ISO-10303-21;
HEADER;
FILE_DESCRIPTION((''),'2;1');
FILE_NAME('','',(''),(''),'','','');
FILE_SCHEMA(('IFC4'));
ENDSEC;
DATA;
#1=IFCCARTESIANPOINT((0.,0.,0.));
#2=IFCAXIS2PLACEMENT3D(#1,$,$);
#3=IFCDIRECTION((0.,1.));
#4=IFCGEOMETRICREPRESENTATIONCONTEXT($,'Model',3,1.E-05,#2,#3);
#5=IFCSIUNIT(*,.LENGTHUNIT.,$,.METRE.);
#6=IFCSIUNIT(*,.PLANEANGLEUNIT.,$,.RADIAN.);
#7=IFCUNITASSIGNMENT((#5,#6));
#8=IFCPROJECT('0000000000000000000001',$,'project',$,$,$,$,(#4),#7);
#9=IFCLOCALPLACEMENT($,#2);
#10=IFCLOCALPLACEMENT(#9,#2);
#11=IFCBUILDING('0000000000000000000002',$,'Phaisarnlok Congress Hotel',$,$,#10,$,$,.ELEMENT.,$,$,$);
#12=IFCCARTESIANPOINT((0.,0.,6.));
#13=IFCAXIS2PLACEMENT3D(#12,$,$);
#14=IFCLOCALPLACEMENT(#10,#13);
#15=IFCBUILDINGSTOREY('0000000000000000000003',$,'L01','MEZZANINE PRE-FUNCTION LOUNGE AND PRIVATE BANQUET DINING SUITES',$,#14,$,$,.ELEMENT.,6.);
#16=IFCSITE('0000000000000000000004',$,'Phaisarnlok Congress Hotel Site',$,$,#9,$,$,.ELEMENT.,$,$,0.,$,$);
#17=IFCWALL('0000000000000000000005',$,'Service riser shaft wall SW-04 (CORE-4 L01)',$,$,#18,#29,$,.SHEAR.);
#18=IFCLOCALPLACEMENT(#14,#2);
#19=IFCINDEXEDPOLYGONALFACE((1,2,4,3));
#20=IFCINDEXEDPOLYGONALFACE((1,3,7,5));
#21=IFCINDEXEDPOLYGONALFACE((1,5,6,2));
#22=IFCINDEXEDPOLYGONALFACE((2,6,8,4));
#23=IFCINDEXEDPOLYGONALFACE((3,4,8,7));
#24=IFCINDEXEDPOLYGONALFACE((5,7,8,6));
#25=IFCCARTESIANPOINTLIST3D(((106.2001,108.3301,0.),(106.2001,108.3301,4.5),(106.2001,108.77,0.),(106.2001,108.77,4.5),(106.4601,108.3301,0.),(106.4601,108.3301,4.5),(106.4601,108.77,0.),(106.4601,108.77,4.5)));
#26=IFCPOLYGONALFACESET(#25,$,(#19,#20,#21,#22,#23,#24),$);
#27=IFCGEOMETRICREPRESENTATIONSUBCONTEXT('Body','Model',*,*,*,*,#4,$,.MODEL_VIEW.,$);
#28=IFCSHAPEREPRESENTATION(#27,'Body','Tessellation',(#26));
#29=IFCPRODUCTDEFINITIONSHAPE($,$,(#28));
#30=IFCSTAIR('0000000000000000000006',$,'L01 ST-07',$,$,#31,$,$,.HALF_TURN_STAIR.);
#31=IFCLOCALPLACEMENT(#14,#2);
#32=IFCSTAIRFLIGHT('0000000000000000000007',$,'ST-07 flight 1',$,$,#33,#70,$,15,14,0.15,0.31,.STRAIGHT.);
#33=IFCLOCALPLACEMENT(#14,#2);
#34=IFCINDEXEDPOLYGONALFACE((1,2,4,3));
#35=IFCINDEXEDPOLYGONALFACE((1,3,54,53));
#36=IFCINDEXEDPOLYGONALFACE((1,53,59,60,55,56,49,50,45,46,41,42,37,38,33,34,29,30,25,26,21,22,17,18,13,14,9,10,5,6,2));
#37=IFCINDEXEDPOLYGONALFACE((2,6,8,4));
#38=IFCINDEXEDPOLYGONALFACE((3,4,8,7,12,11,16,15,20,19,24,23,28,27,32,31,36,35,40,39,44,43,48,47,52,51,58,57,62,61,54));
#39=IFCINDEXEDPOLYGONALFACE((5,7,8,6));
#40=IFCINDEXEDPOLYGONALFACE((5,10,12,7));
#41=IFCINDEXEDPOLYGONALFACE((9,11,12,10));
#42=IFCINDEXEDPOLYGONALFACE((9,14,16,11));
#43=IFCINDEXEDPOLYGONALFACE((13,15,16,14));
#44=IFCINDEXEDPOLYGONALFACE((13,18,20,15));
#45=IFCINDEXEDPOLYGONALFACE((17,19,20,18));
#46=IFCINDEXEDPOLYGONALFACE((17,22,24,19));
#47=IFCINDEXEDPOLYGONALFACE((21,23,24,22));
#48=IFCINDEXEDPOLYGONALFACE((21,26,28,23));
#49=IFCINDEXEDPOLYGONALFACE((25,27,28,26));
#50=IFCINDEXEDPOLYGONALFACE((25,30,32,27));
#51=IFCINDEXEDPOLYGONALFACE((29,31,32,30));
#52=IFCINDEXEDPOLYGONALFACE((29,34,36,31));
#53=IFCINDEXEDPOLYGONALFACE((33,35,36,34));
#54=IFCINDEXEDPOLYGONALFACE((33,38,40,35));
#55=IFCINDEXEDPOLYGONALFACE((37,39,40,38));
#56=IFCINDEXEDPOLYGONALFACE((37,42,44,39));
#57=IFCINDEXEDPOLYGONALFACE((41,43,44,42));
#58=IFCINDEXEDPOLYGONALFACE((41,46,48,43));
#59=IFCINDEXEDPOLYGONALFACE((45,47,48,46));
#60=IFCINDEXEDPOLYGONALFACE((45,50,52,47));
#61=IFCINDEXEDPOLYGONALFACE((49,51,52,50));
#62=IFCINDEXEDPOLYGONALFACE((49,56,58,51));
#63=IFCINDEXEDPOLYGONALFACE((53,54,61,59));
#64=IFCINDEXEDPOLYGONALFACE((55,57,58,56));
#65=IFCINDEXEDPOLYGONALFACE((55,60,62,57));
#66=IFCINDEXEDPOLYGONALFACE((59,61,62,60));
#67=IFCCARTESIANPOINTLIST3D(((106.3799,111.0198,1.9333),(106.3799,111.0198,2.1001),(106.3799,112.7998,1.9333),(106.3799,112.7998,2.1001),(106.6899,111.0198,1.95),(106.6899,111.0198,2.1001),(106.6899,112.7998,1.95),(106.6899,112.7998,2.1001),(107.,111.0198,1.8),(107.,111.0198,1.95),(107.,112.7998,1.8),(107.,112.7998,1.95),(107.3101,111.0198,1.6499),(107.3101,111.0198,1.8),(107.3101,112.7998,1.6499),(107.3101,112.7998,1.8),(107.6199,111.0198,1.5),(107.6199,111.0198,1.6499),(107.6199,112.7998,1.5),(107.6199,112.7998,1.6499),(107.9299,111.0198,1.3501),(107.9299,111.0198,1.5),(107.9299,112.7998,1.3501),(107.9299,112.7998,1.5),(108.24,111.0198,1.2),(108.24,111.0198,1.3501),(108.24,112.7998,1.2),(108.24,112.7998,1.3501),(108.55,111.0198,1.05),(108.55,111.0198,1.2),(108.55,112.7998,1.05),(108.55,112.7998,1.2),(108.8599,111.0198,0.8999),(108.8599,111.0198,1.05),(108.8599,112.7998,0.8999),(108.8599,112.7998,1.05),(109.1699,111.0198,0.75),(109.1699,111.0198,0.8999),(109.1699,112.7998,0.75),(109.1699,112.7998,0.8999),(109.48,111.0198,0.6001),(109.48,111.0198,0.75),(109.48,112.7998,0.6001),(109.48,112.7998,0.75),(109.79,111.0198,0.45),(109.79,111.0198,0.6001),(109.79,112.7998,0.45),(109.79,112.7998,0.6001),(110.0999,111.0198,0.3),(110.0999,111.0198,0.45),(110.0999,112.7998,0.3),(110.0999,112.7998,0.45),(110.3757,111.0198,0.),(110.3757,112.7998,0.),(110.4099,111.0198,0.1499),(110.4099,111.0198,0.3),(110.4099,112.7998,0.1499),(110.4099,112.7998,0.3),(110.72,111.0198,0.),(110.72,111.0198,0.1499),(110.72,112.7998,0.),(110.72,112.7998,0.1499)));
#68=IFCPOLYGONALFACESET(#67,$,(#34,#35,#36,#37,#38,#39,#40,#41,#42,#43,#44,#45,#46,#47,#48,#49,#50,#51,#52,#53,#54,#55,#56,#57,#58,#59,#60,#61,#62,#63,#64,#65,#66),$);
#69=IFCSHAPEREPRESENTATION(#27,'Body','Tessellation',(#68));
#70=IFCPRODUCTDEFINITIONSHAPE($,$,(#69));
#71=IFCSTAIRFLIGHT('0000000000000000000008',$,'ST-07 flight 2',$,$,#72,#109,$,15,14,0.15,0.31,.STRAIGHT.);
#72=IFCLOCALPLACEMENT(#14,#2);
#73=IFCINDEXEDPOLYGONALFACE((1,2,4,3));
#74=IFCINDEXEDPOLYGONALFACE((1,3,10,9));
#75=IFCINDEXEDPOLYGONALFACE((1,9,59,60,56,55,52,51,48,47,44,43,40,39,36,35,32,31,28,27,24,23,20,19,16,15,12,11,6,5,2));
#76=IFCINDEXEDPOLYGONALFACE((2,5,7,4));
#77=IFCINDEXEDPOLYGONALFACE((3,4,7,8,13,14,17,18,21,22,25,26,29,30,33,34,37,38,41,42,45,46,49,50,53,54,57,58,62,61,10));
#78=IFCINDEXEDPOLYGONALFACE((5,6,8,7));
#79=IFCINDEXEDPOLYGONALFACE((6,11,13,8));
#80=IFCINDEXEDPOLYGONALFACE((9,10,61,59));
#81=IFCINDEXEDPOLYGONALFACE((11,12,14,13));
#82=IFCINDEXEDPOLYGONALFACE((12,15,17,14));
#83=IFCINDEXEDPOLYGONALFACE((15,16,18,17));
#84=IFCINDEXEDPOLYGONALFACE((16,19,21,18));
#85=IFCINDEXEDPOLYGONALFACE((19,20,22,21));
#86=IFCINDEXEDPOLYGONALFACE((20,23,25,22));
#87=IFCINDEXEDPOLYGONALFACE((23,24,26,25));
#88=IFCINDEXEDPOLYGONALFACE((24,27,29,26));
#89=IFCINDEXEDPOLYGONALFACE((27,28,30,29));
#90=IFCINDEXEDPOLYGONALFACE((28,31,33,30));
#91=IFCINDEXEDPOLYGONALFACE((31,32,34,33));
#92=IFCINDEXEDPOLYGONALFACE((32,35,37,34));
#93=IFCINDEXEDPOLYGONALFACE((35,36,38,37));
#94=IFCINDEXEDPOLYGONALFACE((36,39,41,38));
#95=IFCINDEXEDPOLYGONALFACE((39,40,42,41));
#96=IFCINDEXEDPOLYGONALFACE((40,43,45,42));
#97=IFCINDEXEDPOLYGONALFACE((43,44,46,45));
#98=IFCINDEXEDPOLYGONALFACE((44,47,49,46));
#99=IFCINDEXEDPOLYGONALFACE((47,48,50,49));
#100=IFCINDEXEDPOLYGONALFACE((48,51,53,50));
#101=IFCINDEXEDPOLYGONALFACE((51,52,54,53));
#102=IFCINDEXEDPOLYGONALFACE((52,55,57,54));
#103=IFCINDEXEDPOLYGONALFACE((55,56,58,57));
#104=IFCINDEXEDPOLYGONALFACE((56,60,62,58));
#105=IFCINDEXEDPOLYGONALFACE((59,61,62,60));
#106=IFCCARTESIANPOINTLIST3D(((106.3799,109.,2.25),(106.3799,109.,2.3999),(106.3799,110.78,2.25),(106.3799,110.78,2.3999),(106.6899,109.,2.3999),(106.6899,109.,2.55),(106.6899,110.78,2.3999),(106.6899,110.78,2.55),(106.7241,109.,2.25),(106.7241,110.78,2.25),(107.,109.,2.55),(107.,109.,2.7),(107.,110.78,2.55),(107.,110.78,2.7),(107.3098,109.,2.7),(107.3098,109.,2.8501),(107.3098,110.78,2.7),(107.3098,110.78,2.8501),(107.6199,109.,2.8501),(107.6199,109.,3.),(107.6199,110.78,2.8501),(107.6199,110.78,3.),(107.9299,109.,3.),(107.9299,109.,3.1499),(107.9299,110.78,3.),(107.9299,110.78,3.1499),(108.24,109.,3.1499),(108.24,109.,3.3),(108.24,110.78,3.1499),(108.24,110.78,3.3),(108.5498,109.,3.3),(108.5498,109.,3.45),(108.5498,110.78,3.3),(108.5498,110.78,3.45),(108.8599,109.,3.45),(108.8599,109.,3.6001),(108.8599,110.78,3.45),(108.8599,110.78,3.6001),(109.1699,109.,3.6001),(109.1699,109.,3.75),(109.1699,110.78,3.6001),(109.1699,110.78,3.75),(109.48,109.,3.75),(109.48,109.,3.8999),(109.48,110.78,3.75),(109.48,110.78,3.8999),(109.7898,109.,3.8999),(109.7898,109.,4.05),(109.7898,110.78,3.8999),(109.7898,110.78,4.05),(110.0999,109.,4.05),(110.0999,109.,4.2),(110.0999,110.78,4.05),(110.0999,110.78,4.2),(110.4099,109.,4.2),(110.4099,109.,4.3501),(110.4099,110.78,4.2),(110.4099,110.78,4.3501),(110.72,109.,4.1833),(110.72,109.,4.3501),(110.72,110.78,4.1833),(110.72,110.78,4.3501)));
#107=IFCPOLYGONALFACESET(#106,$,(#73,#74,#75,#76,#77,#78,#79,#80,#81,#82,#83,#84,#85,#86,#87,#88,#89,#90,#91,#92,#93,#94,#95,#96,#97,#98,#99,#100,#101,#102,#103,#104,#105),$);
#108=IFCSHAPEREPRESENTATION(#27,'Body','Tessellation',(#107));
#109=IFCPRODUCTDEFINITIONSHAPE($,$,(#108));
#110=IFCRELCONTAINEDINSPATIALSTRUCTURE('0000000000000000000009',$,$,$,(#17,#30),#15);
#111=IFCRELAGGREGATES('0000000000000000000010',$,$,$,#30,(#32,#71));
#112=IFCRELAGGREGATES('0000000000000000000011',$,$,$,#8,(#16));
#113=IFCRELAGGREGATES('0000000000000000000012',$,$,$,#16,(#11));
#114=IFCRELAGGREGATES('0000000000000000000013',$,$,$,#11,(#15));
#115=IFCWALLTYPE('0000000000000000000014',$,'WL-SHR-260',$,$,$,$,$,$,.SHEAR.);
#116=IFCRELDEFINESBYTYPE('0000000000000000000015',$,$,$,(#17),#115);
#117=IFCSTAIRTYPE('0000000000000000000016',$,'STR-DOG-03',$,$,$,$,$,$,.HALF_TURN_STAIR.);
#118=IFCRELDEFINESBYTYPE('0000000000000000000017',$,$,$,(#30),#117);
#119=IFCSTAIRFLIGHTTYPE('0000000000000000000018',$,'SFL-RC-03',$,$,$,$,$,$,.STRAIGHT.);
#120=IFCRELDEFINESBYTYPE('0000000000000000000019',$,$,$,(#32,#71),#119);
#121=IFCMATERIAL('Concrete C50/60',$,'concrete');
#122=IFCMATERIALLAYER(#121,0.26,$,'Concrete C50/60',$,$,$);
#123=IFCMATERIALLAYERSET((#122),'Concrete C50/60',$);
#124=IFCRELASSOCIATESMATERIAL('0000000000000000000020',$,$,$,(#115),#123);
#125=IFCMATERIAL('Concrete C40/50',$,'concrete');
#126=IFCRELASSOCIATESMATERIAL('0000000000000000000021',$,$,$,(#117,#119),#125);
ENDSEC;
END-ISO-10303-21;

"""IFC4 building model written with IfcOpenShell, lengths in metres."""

from ifc_helpers import new_model, si_unit, direction, frame, frame_2d, origin, place, context, subcontext, project, spatial, polyline, rectangle, outline, extrude, material, layer, layer_set, type_object, element, aggregate, save


model = new_model("IFC4")

# Units and contexts
model_context = context("Model", 3, precision=1e-05, world=origin(), true_north=direction((0.0, 1.0)))
body_context = subcontext(model_context, "Body", "Model", "MODEL_VIEW")
ifc_project = project(units=[si_unit("LENGTHUNIT", "METRE"), si_unit("PLANEANGLEUNIT", "RADIAN")], contexts=[model_context])

# Site, building, storey
site_placement = place(None, origin())
site = spatial("IfcSite", under=ifc_project, at=site_placement, Name="Phaisarnlok Congress Hotel Site", CompositionType="ELEMENT", RefElevation=0.0)
building_placement = place(site_placement, origin())
building = spatial("IfcBuilding", under=site, at=building_placement, Name="Phaisarnlok Congress Hotel", CompositionType="ELEMENT")
storey_placement = place(building_placement, frame((0.0, 0.0, 6.0)))
storey = spatial("IfcBuildingStorey", under=building, at=storey_placement, Name="L01", Description="MEZZANINE PRE-FUNCTION LOUNGE AND PRIVATE BANQUET DINING SUITES", CompositionType="ELEMENT", Elevation=6.0)

# Shared definitions
ifc_material_1 = material(Name="Concrete C50/60", Category="concrete")

# Shared definitions
ifc_material_2 = material(Name="Concrete C40/50", Category="concrete")

# Wall
ifc_layer_1 = layer(ifc_material_1, 0.26, Name="Concrete C50/60")
ifc_layer_set_1 = layer_set([ifc_layer_1], Name="Concrete C50/60")
wall_type_1 = type_object("IfcWallType", Name="WL-SHR-260", PredefinedType="SHEAR", material=ifc_layer_set_1)
for number, where, z_axis, x_axis, name in (
    (1, (106.3301, 108.3301, 0.0), (0.0, 0.0, 1.0), (0.0, 1.0, 0.0), "Service riser shaft wall SW-04 (CORE-4 L01)"),
):
    element("IfcWall", number, at=place(storey_placement, frame(where, z_axis=z_axis, x_axis=x_axis)), inside=storey, type_object=wall_type_1, Name=name, PredefinedType="SHEAR", context=body_context, shape_type="SweptSolid", body=[
        extrude(rectangle(XDim=0.4399, YDim=0.26, at=frame_2d((0.22, 0.0))), origin(), (0.0, 0.0, 1.0), 4.5),
    ])

# Stair, stair flights
stair_type = type_object("IfcStairType", Name="STR-DOG-03", PredefinedType="HALF_TURN_STAIR", material=ifc_material_2)
stair_placement = place(storey_placement, origin())
stair = element("IfcStair", 2, at=stair_placement, inside=storey, type_object=stair_type, Name="L01 ST-07", PredefinedType="HALF_TURN_STAIR")
stair_flight_type = type_object("IfcStairFlightType", Name="SFL-RC-03", PredefinedType="STRAIGHT", material=ifc_material_2)
stair_flight_1_placement = place(storey_placement, frame((110.72, 111.9099, 0.0), z_axis=(0.0, 0.0, 1.0), x_axis=(-1.0, 0.0, 0.0)))
stair_flight_1 = element("IfcStairFlight", 3, at=stair_flight_1_placement, type_object=stair_flight_type, Name="ST-07 flight 1", NumberOfRisers=15, NumberOfTreads=14, PredefinedType="STRAIGHT", RiserHeight=0.15, TreadLength=0.31, context=body_context, shape_type="SweptSolid", body=[
    extrude(outline(polyline([(0.0, 0.0), (0.0, 0.1499), (0.3101, 0.1499), (0.3101, 0.3), (0.6201, 0.3), (0.6201, 0.45), (0.9299, 0.45), (0.9299, 0.6001), (1.24, 0.6001), (1.24, 0.75), (1.55, 0.75), (1.55, 0.8999), (1.8601, 0.8999), (1.8601, 1.05), (2.1699, 1.05), (2.1699, 1.2), (2.48, 1.2), (2.48, 1.3501), (2.79, 1.3501), (2.79, 1.5), (3.1001, 1.5), (3.1001, 1.6499), (3.4099, 1.6499), (3.4099, 1.8), (3.72, 1.8), (3.72, 1.95), (4.03, 1.95), (4.03, 2.1001), (4.3401, 2.1001), (4.3401, 2.25), (4.3401, 1.9333), (0.3442, 0.0), (0.0, 0.0)])), frame((0.0, 0.8901, 0.0), z_axis=(0.0, -1.0, 0.0), x_axis=(1.0, 0.0, 0.0)), (0.0, 0.0, 1.0), 1.78),
])
stair_flight_2_placement = place(storey_placement, frame((106.3799, 109.8899, 2.25), z_axis=(0.0, 0.0, 1.0), x_axis=(1.0, 0.0, 0.0)))
stair_flight_2 = element("IfcStairFlight", 4, at=stair_flight_2_placement, type_object=stair_flight_type, Name="ST-07 flight 2", NumberOfRisers=15, NumberOfTreads=14, PredefinedType="STRAIGHT", RiserHeight=0.15, TreadLength=0.31, context=body_context, shape_type="SweptSolid", body=[
    extrude(outline(polyline([(0.0, 0.0), (0.0, 0.1499), (0.3101, 0.1499), (0.3101, 0.3), (0.6201, 0.3), (0.6201, 0.45), (0.9299, 0.45), (0.9299, 0.6001), (1.24, 0.6001), (1.24, 0.75), (1.55, 0.75), (1.55, 0.8999), (1.8601, 0.8999), (1.8601, 1.05), (2.1699, 1.05), (2.1699, 1.2), (2.48, 1.2), (2.48, 1.3501), (2.79, 1.3501), (2.79, 1.5), (3.1001, 1.5), (3.1001, 1.6499), (3.4099, 1.6499), (3.4099, 1.8), (3.72, 1.8), (3.72, 1.95), (4.03, 1.95), (4.03, 2.1001), (4.3401, 2.1001), (4.3401, 2.25), (4.3401, 1.9333), (0.3442, 0.0), (0.0, 0.0)])), frame((0.0, 0.8901, 0.0), z_axis=(0.0, -1.0, 0.0), x_axis=(1.0, 0.0, 0.0)), (0.0, 0.0, 1.0), 1.78),
])
aggregate(stair, [stair_flight_1, stair_flight_2])

save(model, "model.ifc")
